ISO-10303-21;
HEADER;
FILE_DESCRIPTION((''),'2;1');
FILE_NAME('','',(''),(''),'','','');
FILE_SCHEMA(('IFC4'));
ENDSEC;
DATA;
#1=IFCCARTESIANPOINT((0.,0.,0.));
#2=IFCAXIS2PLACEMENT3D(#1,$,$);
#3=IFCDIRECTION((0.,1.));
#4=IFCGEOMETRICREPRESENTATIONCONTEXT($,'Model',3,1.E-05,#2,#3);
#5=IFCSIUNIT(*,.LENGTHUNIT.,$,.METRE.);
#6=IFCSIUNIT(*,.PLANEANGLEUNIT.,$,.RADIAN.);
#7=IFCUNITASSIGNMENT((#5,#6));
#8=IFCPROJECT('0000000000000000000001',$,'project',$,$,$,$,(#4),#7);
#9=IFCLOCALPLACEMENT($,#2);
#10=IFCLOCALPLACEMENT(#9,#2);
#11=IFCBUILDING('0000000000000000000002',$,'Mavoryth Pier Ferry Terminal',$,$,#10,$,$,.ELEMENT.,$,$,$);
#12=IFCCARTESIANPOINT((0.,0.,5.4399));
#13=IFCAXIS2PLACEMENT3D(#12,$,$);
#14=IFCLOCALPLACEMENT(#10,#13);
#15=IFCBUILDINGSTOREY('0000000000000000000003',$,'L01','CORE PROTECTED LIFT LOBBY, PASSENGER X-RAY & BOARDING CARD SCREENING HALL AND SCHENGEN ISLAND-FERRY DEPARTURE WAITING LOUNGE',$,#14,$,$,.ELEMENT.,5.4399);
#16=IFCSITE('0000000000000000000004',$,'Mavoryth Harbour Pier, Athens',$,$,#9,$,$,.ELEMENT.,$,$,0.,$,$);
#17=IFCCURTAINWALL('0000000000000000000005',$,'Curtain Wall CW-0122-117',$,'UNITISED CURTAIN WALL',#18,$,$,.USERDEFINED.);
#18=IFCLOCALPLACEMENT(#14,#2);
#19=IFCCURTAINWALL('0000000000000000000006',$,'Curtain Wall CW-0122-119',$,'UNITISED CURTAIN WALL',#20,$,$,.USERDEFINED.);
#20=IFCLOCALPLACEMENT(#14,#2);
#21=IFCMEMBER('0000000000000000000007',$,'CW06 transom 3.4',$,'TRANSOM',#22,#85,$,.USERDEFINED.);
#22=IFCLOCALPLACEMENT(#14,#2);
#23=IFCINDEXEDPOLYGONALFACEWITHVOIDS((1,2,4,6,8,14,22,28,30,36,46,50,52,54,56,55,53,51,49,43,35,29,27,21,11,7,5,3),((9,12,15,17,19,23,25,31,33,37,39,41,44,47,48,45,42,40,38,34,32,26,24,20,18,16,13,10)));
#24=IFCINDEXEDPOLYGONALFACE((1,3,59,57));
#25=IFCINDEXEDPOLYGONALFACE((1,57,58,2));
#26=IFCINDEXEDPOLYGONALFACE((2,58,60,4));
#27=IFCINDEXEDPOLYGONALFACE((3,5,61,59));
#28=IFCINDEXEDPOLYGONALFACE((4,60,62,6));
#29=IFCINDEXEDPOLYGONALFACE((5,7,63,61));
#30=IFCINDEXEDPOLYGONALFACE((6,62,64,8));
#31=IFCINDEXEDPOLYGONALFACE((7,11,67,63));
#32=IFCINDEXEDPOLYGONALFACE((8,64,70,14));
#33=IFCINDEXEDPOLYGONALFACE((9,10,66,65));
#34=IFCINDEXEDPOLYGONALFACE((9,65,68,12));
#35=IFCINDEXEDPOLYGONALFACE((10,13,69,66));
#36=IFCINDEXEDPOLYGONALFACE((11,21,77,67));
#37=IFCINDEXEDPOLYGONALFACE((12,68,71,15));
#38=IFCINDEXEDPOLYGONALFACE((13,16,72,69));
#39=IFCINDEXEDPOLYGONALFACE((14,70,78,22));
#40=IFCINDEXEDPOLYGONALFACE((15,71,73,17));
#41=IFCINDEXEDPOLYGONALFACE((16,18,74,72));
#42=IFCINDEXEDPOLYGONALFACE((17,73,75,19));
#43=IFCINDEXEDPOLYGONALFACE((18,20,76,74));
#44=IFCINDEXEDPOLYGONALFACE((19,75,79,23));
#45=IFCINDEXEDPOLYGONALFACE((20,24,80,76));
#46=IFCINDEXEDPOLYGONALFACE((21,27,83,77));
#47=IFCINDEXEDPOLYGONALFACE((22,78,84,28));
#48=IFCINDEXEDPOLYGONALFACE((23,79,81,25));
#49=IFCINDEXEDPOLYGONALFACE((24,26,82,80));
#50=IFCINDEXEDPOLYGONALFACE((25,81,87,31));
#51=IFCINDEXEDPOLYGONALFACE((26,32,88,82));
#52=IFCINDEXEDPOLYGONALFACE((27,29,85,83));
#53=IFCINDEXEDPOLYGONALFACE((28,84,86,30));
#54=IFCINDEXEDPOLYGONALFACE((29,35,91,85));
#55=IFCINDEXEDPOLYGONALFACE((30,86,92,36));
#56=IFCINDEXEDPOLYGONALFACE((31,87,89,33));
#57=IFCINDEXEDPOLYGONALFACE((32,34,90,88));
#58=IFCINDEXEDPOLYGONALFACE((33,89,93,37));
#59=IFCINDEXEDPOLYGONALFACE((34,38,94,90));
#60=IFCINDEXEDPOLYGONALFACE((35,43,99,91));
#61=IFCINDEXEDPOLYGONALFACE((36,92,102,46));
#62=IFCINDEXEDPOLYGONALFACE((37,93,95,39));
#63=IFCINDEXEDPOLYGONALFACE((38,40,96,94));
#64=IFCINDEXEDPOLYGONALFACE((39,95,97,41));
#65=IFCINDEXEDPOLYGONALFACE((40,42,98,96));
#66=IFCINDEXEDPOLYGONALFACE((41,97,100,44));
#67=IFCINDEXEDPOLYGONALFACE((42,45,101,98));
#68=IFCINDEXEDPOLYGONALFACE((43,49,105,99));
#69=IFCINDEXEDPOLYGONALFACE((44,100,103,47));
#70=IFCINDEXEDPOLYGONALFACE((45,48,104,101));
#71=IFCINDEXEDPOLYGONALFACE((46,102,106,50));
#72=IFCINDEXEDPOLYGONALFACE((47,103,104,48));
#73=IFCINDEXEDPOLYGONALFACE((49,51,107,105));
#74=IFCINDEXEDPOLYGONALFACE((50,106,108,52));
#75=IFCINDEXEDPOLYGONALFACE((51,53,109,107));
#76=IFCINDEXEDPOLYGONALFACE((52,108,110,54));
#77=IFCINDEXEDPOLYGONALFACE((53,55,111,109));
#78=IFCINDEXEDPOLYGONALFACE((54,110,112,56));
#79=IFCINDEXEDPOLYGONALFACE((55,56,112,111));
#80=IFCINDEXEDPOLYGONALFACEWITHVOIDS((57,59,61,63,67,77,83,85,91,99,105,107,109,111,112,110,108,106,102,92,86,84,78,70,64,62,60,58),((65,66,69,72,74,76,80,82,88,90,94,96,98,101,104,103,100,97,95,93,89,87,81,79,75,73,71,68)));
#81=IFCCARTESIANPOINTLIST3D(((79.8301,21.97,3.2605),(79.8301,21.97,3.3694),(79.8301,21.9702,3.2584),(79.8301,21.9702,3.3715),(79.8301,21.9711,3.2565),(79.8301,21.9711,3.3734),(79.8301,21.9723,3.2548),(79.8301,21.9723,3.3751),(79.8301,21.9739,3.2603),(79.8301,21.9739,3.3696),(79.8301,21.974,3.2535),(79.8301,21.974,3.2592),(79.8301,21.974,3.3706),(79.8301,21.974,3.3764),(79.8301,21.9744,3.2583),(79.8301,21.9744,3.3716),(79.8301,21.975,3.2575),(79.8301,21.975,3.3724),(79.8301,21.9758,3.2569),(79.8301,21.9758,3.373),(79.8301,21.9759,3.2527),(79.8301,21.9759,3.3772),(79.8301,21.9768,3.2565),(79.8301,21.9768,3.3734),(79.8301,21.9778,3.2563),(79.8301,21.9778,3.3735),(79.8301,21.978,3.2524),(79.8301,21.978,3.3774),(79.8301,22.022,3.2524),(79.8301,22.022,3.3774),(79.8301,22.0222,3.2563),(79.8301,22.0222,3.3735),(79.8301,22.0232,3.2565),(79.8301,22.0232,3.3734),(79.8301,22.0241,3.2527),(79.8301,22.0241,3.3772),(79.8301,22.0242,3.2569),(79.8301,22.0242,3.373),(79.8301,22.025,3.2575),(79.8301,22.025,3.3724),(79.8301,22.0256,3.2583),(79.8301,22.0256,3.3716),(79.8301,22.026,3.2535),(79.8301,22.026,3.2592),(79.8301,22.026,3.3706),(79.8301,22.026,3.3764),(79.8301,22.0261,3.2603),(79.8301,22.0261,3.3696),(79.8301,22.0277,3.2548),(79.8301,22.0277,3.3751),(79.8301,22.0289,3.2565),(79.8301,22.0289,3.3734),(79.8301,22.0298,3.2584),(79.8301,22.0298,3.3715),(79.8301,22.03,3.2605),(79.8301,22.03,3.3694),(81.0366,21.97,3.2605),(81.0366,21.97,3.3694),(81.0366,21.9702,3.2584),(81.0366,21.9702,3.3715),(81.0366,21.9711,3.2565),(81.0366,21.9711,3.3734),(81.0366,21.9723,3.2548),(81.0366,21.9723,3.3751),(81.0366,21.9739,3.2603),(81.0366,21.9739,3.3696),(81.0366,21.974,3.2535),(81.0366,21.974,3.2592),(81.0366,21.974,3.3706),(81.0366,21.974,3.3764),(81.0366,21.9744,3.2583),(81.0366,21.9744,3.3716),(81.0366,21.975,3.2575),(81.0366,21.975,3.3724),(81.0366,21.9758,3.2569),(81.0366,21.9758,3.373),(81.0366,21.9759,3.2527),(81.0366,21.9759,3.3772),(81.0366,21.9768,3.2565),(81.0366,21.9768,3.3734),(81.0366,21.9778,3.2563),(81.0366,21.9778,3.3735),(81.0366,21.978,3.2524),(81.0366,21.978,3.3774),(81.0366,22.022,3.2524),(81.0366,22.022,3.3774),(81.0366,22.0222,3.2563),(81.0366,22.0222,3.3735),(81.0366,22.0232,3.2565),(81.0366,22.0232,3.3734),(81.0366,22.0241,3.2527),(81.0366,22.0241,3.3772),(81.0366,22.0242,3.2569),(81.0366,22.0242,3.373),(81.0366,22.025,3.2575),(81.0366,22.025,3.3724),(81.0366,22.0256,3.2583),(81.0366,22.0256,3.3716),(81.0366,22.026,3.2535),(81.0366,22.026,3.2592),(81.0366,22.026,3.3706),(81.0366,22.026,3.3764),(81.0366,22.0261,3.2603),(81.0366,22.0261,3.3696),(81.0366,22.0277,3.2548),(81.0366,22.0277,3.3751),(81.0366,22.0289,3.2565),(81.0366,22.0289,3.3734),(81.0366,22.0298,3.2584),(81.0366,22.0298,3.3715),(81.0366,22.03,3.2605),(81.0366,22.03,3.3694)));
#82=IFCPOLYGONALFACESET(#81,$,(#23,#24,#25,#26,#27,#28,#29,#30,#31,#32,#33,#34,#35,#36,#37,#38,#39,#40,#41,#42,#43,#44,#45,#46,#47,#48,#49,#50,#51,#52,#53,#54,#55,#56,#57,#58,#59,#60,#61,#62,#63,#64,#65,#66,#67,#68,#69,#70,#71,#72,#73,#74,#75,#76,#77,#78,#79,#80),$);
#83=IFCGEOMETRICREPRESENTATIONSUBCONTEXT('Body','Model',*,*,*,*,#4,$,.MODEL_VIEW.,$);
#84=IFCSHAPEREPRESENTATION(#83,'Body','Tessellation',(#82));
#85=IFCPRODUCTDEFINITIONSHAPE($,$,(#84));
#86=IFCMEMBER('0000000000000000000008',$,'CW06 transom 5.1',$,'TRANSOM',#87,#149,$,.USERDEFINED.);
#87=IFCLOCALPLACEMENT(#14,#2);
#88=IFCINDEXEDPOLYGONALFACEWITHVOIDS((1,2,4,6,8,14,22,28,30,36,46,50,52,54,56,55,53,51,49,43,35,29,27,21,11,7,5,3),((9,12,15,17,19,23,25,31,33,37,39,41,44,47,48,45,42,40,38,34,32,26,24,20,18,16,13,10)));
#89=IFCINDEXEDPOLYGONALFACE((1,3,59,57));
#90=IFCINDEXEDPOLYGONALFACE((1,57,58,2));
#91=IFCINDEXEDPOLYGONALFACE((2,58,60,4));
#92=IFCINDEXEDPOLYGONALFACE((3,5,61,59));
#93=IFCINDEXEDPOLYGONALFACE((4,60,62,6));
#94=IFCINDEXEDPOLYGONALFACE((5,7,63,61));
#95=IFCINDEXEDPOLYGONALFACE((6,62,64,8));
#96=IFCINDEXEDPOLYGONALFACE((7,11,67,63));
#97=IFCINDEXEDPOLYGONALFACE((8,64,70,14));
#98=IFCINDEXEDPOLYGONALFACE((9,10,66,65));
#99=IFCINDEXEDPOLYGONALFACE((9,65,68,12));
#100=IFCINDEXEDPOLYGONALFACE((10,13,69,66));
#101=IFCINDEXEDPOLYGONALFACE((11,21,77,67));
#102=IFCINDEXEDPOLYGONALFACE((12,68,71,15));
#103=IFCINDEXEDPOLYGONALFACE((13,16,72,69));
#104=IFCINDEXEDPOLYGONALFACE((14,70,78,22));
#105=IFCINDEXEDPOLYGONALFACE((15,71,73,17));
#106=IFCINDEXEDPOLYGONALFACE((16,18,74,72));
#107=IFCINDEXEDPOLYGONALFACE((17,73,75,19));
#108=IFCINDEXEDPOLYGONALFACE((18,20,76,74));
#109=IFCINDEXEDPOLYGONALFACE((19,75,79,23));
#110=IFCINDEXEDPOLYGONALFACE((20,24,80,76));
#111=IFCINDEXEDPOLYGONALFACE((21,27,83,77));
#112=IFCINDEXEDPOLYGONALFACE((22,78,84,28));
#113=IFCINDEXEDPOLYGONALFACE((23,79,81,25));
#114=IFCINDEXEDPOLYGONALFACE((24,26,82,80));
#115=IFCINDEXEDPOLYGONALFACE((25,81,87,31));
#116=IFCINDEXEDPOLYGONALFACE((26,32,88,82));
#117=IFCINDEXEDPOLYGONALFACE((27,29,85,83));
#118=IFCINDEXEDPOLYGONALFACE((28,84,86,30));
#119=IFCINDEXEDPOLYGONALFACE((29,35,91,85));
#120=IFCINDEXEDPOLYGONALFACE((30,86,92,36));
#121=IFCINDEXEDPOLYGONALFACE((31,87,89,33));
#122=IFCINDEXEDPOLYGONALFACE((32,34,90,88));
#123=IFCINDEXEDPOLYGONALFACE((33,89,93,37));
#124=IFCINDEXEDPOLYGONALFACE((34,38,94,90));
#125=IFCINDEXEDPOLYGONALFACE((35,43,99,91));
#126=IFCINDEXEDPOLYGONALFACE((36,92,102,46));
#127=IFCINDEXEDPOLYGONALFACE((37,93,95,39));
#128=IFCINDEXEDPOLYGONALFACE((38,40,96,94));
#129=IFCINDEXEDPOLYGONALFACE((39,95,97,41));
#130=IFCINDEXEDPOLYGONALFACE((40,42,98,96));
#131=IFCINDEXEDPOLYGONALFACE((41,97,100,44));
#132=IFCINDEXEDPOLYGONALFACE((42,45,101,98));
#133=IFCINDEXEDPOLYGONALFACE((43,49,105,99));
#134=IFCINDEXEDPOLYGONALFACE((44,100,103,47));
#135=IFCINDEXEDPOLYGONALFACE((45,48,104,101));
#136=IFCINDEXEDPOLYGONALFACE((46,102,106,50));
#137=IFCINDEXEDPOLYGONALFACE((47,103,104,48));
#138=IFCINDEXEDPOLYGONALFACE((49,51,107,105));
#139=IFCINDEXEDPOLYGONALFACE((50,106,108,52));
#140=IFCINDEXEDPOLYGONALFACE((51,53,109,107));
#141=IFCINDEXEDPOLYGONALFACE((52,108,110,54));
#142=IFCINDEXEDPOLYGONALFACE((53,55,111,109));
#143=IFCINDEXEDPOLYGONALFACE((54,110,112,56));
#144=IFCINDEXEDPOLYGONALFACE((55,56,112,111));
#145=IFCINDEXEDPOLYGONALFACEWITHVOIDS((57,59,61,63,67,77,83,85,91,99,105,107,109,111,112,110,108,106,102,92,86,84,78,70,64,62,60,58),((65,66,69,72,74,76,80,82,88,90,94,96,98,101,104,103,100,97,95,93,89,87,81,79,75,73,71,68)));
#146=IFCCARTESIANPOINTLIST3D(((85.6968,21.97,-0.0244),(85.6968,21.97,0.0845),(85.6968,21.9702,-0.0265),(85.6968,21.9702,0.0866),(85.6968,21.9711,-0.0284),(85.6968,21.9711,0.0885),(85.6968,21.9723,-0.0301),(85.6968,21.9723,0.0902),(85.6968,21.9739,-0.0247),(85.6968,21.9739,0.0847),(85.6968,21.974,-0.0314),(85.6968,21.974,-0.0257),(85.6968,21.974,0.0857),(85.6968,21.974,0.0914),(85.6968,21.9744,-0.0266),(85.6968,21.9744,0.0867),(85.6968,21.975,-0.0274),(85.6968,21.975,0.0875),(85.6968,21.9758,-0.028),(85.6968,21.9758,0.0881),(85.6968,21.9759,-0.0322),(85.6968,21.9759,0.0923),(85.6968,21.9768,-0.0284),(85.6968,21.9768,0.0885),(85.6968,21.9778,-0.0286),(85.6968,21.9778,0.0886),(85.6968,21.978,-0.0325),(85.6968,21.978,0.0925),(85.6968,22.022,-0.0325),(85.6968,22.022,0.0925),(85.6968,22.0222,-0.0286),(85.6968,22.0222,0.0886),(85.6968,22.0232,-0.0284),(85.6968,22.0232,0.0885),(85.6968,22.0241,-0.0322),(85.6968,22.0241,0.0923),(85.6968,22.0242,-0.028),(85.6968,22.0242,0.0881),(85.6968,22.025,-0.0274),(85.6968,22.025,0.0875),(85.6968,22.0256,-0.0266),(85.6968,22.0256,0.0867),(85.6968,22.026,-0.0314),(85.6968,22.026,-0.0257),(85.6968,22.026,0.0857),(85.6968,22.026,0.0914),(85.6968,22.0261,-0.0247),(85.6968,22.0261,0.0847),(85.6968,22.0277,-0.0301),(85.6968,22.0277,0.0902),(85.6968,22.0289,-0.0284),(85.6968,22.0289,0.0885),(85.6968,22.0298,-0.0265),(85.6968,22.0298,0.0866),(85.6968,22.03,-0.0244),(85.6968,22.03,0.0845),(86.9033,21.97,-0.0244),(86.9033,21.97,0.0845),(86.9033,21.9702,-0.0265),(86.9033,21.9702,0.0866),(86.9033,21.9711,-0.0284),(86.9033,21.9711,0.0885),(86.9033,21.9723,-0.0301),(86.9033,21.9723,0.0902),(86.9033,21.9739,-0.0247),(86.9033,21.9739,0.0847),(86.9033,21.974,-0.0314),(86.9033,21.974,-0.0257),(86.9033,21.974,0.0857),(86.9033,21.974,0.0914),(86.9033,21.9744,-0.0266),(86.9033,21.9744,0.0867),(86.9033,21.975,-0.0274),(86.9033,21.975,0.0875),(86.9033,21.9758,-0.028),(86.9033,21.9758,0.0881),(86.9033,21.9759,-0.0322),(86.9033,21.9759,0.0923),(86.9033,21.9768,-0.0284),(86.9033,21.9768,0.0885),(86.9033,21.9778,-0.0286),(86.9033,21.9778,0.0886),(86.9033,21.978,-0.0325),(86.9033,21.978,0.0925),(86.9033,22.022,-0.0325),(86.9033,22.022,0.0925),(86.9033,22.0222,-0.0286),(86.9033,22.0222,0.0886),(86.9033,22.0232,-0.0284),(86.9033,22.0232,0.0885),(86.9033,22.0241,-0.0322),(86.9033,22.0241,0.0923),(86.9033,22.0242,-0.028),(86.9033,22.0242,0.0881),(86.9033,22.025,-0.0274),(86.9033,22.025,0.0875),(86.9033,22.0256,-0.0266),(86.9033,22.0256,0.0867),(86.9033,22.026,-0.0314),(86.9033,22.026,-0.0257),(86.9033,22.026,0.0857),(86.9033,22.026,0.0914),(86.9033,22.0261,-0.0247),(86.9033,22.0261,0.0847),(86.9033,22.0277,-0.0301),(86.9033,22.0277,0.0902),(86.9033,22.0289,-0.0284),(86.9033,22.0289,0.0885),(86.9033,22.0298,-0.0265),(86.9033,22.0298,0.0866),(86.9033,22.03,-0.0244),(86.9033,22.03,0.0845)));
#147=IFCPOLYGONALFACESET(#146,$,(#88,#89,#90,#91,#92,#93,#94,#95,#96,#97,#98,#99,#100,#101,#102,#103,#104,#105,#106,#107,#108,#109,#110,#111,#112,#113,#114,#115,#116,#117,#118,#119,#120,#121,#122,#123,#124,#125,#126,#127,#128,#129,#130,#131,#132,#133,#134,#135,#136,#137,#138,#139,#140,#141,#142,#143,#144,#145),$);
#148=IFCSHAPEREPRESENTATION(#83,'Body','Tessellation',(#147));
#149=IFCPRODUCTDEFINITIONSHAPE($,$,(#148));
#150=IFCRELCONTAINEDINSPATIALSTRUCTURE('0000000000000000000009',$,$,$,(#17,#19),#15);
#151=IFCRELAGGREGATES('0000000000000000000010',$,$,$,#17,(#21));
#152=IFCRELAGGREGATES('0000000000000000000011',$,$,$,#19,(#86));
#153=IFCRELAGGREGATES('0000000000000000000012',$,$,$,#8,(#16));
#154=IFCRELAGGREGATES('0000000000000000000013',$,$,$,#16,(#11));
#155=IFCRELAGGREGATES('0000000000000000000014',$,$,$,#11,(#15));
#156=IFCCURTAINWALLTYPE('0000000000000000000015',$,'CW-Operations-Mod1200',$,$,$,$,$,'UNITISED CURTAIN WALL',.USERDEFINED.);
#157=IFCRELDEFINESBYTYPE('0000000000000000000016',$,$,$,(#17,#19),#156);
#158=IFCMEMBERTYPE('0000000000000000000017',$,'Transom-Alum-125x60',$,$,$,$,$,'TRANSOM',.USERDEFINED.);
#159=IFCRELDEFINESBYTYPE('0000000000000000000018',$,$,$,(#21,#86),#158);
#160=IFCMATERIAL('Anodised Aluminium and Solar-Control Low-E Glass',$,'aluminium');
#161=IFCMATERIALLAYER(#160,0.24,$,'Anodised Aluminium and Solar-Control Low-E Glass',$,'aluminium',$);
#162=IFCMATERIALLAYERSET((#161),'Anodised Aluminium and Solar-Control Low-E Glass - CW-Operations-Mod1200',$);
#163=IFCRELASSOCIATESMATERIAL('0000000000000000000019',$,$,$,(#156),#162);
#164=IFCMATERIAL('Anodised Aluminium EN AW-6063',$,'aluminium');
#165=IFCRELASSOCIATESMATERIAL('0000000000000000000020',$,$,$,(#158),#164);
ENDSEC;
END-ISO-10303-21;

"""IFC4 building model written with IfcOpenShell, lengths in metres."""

from ifc_helpers import new_model, si_unit, direction, frame, origin, origin_2d, place, context, subcontext, project, spatial, hollow_rectangle, extrude, material, layer, layer_set, material_profile, profile_set, type_object, element, aggregate, save


model = new_model("IFC4")

# Units and contexts
model_context = context("Model", 3, precision=1e-05, world=origin(), true_north=direction((0.0, 1.0)))
body_context = subcontext(model_context, "Body", "Model", "MODEL_VIEW")
ifc_project = project(units=[si_unit("LENGTHUNIT", "METRE"), si_unit("PLANEANGLEUNIT", "RADIAN")], contexts=[model_context])

# Site, building, storey
site_placement = place(None, origin())
site = spatial("IfcSite", under=ifc_project, at=site_placement, Name="Mavoryth Harbour Pier, Athens", CompositionType="ELEMENT", RefElevation=0.0)
building_placement = place(site_placement, origin())
building = spatial("IfcBuilding", under=site, at=building_placement, Name="Mavoryth Pier Ferry Terminal", CompositionType="ELEMENT")
storey_placement = place(building_placement, frame((0.0, 0.0, 5.4399)))
storey = spatial("IfcBuildingStorey", under=building, at=storey_placement, Name="L01", Description="CORE PROTECTED LIFT LOBBY, PASSENGER X-RAY & BOARDING CARD SCREENING HALL AND SCHENGEN ISLAND-FERRY DEPARTURE WAITING LOUNGE", CompositionType="ELEMENT", Elevation=5.4399)

# Curtain walls
ifc_material_1 = material(Name="Anodised Aluminium and Solar-Control Low-E Glass", Category="aluminium")
ifc_layer_1 = layer(ifc_material_1, 0.24, Name="Anodised Aluminium and Solar-Control Low-E Glass", Category="aluminium")
ifc_layer_set_1 = layer_set([ifc_layer_1], Name="Anodised Aluminium and Solar-Control Low-E Glass - CW-Operations-Mod1200")
curtain_wall_type = type_object("IfcCurtainWallType", Name="CW-Operations-Mod1200", ElementType="UNITISED CURTAIN WALL", PredefinedType="USERDEFINED", material=ifc_layer_set_1)
curtain_wall_1_placement = place(storey_placement, origin())
curtain_wall_1 = element("IfcCurtainWall", 1, at=curtain_wall_1_placement, inside=storey, type_object=curtain_wall_type, Name="Curtain Wall CW-0122-117", ObjectType="UNITISED CURTAIN WALL", PredefinedType="USERDEFINED")
ifc_material_2 = material(Name="Anodised Aluminium EN AW-6063", Category="aluminium")
curtain_wall_2_placement = place(storey_placement, origin())
curtain_wall_2 = element("IfcCurtainWall", 2, at=curtain_wall_2_placement, inside=storey, type_object=curtain_wall_type, Name="Curtain Wall CW-0122-119", ObjectType="UNITISED CURTAIN WALL", PredefinedType="USERDEFINED")

# Members
ifc_material_profile_1 = material_profile(ifc_material_2, hollow_rectangle(XDim=0.0601, YDim=0.125, WallThickness=0.0039, InnerFilletRadius=0.0039, OuterFilletRadius=0.0081, at=origin_2d()), Name="AL-TRAN 125x60x4", Category="aluminium")
ifc_profile_set_1 = profile_set([ifc_material_profile_1], Name="Anodised Aluminium EN AW-6063 - AL-TRAN 125x60x4")
member_type_1 = type_object("IfcMemberType", Name="Transom-Alum-125x60", ElementType="TRANSOM", PredefinedType="USERDEFINED", material=ifc_profile_set_1)
member_1_placement = place(storey_placement, frame((81.0366, 22.0, 3.3149), z_axis=(-1.0, 0.0, 0.0), x_axis=(0.0, -1.0, 0.0)))
member_1 = element("IfcMember", 3, at=member_1_placement, type_object=member_type_1, Name="CW06 transom 3.4", ObjectType="TRANSOM", PredefinedType="USERDEFINED", context=body_context, shape_type="SweptSolid", body=[
    extrude(hollow_rectangle(XDim=0.0601, YDim=0.125, WallThickness=0.0039, InnerFilletRadius=0.0039, OuterFilletRadius=0.0081, at=origin_2d()), origin(), (0.0, 0.0, 1.0), 1.2065),
])
member_2_placement = place(storey_placement, frame((86.9033, 22.0, 0.03), z_axis=(-1.0, 0.0, 0.0), x_axis=(0.0, -1.0, 0.0)))
member_2 = element("IfcMember", 4, at=member_2_placement, type_object=member_type_1, Name="CW06 transom 5.1", ObjectType="TRANSOM", PredefinedType="USERDEFINED", context=body_context, shape_type="SweptSolid", body=[
    extrude(hollow_rectangle(XDim=0.0601, YDim=0.125, WallThickness=0.0039, InnerFilletRadius=0.0039, OuterFilletRadius=0.0081, at=origin_2d()), origin(), (0.0, 0.0, 1.0), 1.2065),
])

aggregate(curtain_wall_1, [member_1])
aggregate(curtain_wall_2, [member_2])

save(model, "model.ifc")
